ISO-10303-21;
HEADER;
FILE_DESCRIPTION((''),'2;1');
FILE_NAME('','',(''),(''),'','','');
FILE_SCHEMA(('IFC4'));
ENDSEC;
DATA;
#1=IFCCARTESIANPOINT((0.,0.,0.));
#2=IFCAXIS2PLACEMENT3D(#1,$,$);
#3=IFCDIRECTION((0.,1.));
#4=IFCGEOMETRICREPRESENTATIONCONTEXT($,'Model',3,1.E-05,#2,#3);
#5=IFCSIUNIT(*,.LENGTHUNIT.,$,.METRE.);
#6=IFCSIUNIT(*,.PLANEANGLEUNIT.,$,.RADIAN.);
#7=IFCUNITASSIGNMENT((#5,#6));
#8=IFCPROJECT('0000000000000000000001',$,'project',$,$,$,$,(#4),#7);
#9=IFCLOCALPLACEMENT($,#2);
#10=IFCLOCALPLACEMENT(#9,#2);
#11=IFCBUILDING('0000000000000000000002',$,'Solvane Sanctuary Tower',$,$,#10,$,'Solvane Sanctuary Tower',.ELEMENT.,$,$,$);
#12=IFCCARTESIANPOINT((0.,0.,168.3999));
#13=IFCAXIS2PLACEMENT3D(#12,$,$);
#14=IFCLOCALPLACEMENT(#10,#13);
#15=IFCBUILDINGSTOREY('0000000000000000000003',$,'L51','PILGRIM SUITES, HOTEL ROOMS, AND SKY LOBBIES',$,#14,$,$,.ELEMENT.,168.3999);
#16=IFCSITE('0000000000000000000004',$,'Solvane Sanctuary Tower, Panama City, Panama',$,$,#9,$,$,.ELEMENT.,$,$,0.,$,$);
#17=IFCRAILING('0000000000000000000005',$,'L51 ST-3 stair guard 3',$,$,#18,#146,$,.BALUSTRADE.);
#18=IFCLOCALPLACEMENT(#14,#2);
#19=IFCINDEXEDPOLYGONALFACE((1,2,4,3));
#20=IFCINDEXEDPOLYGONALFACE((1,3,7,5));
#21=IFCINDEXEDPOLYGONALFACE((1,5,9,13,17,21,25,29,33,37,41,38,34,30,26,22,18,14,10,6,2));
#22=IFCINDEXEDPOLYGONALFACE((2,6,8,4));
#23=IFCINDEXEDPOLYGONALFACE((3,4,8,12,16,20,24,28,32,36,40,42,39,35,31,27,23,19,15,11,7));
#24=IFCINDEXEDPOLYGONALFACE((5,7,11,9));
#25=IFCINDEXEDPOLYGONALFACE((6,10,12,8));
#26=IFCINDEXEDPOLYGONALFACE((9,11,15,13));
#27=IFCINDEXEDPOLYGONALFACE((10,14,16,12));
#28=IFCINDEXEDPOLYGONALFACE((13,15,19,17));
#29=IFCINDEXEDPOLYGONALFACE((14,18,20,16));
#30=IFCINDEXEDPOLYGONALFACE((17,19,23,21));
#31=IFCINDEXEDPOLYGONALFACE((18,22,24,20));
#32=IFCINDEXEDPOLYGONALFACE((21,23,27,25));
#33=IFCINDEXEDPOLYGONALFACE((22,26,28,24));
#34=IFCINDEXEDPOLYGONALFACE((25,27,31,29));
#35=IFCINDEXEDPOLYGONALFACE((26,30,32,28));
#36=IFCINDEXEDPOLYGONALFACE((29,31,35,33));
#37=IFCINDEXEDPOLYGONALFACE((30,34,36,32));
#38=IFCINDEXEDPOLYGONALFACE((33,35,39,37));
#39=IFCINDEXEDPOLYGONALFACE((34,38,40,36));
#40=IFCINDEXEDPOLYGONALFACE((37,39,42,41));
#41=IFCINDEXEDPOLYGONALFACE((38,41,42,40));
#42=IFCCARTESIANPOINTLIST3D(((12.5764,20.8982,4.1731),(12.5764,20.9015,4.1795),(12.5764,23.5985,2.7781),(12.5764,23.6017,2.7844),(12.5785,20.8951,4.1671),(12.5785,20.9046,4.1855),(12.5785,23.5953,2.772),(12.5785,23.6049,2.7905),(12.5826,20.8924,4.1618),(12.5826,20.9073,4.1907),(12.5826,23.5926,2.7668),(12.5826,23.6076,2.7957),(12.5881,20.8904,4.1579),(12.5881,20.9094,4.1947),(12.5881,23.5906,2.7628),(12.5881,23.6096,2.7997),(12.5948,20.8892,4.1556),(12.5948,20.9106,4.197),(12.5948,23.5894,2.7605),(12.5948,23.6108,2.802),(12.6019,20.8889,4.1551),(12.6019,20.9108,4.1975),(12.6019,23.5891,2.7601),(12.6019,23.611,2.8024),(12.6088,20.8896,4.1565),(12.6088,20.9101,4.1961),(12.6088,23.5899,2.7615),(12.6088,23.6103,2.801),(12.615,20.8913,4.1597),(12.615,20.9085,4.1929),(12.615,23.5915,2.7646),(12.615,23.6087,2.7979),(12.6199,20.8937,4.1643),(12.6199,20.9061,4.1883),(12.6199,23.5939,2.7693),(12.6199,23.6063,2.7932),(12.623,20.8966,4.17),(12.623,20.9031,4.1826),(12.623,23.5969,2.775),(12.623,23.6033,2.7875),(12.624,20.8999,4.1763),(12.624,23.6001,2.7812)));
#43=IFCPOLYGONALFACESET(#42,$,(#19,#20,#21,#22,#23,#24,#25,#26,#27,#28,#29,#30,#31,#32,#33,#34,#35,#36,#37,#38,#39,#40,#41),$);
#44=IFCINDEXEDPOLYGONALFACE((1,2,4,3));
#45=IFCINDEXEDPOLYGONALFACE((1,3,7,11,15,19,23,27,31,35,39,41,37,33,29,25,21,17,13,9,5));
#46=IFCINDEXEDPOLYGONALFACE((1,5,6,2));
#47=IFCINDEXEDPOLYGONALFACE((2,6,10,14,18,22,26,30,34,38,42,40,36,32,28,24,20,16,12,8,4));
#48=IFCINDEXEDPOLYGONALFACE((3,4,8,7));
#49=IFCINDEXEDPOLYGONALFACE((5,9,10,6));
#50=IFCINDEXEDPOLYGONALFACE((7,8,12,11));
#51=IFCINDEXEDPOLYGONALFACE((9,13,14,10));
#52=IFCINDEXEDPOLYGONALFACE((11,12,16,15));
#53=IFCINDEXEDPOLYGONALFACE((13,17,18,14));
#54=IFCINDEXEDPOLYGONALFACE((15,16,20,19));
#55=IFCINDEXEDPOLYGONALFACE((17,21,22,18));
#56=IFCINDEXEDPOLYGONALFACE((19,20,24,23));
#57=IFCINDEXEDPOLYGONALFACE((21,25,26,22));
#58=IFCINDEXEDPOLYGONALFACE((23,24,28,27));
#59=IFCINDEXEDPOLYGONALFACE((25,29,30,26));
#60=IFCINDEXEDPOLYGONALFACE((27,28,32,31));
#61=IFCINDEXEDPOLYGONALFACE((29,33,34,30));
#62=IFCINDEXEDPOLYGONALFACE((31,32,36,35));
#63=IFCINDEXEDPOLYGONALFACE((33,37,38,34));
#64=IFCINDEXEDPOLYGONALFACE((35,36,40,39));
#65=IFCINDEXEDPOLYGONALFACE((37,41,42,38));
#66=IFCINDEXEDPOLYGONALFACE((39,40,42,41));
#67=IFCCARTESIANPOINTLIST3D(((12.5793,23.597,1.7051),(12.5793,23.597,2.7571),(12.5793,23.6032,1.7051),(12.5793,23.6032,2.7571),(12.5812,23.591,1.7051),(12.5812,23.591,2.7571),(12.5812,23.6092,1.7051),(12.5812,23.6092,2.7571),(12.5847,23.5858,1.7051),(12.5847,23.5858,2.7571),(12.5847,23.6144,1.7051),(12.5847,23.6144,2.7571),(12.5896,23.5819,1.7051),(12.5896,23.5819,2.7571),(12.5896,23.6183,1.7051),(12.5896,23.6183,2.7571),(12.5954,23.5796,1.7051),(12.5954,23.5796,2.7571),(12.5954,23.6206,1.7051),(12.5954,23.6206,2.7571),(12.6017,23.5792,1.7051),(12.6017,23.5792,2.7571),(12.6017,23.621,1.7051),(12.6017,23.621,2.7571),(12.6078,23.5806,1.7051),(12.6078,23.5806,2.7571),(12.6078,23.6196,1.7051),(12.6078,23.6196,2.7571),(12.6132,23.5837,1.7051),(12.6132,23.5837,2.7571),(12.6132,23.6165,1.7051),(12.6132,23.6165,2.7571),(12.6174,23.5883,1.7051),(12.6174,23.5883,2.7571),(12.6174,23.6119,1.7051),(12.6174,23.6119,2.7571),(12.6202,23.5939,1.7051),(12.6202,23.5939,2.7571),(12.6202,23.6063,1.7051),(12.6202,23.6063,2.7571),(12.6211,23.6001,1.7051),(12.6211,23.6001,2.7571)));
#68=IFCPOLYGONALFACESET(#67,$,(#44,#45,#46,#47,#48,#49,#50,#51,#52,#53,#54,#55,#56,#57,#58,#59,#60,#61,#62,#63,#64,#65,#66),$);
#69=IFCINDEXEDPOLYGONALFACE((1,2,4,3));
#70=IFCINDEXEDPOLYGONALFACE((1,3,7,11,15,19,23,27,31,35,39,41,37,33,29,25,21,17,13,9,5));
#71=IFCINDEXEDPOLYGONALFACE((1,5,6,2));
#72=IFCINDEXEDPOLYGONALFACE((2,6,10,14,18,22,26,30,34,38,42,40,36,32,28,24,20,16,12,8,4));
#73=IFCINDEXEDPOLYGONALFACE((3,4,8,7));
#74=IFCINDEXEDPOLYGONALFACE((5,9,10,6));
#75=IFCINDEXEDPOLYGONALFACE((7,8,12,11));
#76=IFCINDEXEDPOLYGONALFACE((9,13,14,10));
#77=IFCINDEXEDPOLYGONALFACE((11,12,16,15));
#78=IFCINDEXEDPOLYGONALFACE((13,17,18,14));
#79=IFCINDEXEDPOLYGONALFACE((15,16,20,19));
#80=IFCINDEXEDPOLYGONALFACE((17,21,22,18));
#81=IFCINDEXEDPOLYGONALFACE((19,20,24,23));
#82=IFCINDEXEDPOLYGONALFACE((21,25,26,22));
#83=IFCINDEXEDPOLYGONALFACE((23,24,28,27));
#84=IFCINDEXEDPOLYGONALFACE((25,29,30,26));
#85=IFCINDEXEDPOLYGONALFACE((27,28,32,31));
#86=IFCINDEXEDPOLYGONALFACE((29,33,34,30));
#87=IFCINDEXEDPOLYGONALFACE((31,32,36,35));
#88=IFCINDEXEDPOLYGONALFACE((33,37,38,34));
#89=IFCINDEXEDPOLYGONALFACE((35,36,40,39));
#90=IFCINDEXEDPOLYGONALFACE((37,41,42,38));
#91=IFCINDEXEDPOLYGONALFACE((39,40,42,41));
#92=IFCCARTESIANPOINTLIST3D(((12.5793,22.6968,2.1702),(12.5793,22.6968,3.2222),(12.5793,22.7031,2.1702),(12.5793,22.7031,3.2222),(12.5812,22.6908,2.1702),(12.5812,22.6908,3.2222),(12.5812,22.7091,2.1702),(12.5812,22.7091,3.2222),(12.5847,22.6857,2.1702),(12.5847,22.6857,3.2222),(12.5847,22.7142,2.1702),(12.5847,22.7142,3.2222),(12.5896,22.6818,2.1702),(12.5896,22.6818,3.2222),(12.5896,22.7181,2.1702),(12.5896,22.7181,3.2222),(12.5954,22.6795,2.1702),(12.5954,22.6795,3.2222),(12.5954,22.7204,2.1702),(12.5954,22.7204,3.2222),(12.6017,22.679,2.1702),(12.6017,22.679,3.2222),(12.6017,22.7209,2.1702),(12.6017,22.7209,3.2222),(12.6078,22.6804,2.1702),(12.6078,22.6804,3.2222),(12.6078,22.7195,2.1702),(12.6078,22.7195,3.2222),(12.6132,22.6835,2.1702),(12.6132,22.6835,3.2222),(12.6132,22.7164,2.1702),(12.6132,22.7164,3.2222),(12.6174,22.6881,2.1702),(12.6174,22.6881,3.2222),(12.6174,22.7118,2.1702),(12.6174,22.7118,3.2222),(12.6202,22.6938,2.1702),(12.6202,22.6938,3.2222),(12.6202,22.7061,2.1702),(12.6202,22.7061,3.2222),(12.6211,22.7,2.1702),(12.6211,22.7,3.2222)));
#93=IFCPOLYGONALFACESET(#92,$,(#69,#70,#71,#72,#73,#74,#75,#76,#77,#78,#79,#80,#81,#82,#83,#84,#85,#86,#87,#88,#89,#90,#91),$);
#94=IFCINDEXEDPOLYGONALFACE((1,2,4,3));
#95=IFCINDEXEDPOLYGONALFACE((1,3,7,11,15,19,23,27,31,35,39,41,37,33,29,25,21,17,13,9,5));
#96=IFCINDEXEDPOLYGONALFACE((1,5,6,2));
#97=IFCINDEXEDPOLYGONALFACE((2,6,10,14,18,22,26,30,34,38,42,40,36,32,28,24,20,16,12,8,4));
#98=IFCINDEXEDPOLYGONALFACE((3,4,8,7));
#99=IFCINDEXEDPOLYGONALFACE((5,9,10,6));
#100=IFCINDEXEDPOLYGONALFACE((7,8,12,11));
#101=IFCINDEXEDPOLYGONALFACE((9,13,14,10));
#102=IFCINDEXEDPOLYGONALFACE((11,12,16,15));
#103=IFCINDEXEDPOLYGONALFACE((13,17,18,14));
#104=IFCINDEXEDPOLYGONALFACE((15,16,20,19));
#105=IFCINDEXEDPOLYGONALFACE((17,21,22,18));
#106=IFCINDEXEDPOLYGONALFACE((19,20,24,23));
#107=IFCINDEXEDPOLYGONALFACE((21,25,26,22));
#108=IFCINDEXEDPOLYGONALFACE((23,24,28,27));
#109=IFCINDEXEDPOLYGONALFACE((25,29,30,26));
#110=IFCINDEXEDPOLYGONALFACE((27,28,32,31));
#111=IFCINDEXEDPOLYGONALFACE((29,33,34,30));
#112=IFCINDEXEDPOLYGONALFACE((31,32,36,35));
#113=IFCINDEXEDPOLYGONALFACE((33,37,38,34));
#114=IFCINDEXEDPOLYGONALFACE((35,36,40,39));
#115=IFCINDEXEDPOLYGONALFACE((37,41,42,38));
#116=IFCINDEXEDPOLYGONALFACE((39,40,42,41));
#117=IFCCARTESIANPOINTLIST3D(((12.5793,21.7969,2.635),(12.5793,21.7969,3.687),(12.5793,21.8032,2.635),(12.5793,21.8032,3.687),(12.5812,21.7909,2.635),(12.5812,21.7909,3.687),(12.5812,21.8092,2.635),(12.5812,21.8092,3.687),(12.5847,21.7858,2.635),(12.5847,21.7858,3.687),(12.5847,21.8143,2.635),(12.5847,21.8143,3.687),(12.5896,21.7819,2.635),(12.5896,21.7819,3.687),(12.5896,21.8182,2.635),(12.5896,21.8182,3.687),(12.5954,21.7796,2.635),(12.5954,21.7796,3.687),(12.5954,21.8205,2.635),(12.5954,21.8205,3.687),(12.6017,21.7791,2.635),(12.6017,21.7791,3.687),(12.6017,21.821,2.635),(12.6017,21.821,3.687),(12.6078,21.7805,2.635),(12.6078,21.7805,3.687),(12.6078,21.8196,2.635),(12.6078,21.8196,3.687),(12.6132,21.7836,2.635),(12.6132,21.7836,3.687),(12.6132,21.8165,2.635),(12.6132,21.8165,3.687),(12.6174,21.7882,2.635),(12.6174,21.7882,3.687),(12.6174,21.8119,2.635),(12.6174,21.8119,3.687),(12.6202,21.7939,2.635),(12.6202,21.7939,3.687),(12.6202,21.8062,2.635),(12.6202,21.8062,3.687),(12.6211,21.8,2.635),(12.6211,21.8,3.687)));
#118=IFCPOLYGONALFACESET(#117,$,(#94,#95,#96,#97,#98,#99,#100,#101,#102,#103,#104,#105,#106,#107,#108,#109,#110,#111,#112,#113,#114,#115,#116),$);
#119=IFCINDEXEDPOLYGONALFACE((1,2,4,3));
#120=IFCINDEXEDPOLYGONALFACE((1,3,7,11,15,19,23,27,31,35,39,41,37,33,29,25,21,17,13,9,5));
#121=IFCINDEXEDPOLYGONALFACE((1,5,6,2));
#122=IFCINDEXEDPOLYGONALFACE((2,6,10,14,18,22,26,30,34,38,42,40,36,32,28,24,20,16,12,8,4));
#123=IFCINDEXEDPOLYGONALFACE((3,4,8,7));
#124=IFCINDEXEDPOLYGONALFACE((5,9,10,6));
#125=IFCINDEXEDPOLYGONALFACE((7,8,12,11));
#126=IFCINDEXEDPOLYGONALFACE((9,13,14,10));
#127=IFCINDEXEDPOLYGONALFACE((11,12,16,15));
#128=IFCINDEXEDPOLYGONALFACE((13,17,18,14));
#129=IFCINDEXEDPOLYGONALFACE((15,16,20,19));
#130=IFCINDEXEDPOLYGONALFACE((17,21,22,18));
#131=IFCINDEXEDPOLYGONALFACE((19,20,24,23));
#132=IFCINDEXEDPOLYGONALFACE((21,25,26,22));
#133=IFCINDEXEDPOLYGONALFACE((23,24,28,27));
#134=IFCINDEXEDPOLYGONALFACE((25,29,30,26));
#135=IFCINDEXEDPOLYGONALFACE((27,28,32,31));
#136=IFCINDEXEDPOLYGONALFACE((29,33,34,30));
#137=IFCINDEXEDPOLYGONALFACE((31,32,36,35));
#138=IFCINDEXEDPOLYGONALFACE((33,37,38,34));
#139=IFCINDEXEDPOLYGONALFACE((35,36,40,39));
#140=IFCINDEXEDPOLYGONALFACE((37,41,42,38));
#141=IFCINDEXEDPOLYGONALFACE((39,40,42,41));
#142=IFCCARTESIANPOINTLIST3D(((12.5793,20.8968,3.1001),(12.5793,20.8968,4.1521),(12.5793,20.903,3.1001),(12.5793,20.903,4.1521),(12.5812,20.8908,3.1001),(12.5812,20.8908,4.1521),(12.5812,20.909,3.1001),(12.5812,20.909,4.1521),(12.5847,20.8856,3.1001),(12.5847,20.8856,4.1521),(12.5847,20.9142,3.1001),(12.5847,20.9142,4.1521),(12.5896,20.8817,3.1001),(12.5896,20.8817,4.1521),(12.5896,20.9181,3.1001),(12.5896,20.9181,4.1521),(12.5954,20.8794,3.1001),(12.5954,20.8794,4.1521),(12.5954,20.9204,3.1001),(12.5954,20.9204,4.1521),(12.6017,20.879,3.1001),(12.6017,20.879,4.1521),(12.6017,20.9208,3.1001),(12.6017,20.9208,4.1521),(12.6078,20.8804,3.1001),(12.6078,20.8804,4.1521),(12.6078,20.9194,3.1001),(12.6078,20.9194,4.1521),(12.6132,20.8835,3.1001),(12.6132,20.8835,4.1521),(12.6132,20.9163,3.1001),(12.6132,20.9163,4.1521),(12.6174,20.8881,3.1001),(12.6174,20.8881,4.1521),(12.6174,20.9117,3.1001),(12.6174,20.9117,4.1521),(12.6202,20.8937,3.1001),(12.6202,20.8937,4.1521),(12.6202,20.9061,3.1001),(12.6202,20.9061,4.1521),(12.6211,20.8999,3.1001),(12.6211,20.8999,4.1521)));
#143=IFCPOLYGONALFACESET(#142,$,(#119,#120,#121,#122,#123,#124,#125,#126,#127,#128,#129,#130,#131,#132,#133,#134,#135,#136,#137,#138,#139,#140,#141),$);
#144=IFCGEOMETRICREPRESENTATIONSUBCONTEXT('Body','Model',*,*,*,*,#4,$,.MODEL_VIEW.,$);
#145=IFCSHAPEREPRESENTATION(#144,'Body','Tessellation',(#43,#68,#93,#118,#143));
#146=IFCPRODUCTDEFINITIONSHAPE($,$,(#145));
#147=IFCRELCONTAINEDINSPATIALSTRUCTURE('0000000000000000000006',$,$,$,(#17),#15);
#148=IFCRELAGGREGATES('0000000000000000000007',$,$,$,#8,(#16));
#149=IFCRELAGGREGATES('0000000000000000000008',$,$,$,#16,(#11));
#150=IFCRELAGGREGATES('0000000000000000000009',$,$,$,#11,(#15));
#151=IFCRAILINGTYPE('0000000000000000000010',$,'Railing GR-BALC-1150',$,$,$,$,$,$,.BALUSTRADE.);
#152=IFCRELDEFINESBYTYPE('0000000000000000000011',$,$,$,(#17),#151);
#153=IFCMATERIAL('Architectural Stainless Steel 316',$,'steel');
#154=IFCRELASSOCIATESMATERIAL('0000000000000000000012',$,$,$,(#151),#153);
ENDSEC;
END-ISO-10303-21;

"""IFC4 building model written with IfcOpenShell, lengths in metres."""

from ifc_helpers import new_model, si_unit, direction, frame, origin, origin_2d, place, context, subcontext, project, spatial, circle, extrude, material, type_object, element, save


model = new_model("IFC4")

# Units and contexts
model_context = context("Model", 3, precision=1e-05, world=origin(), true_north=direction((0.0, 1.0)))
body_context = subcontext(model_context, "Body", "Model", "MODEL_VIEW")
ifc_project = project(units=[si_unit("LENGTHUNIT", "METRE"), si_unit("PLANEANGLEUNIT", "RADIAN")], contexts=[model_context])

# Site, building, storey
site_placement = place(None, origin())
site = spatial("IfcSite", under=ifc_project, at=site_placement, Name="Solvane Sanctuary Tower, Panama City, Panama", CompositionType="ELEMENT", RefElevation=0.0)
building_placement = place(site_placement, origin())
building = spatial("IfcBuilding", under=site, at=building_placement, Name="Solvane Sanctuary Tower", LongName="Solvane Sanctuary Tower", CompositionType="ELEMENT")
storey_placement = place(building_placement, frame((0.0, 0.0, 168.3999)))
storey = spatial("IfcBuildingStorey", under=building, at=storey_placement, Name="L51", Description="PILGRIM SUITES, HOTEL ROOMS, AND SKY LOBBIES", CompositionType="ELEMENT", Elevation=168.3999)

# Shared definitions
ifc_material_1 = material(Name="Architectural Stainless Steel 316", Category="steel")

# Railing
railing_type_1 = type_object("IfcRailingType", Name="Railing GR-BALC-1150", PredefinedType="BALUSTRADE", material=ifc_material_1)
railing_1_placement = place(storey_placement, frame((12.6001, 23.6001, 1.7051)))
element("IfcRailing", 1, at=railing_1_placement, inside=storey, type_object=railing_type_1, Name="L51 ST-3 stair guard 3", PredefinedType="BALUSTRADE", context=body_context, shape_type="SweptSolid", body=[
    extrude(circle(Radius=0.0239, at=origin_2d()), frame((0.0, 0.0, 1.0762), z_axis=(0.0, -0.888437, 0.458999), x_axis=(1.0, 0.0, 0.0)), (0.0, 0.0, 1.0), 3.0393),
    extrude(circle(Radius=0.021, at=origin_2d()), origin(), (0.0, 0.0, 1.0), 1.052),
    extrude(circle(Radius=0.021, at=origin_2d()), frame((0.0, -0.9001, 0.4651)), (0.0, 0.0, 1.0), 1.052),
    extrude(circle(Radius=0.021, at=origin_2d()), frame((0.0, -1.8, 0.9299)), (0.0, 0.0, 1.0), 1.052),
    extrude(circle(Radius=0.021, at=origin_2d()), frame((0.0, -2.7002, 1.395)), (0.0, 0.0, 1.0), 1.052),
])

save(model, "model.ifc")
